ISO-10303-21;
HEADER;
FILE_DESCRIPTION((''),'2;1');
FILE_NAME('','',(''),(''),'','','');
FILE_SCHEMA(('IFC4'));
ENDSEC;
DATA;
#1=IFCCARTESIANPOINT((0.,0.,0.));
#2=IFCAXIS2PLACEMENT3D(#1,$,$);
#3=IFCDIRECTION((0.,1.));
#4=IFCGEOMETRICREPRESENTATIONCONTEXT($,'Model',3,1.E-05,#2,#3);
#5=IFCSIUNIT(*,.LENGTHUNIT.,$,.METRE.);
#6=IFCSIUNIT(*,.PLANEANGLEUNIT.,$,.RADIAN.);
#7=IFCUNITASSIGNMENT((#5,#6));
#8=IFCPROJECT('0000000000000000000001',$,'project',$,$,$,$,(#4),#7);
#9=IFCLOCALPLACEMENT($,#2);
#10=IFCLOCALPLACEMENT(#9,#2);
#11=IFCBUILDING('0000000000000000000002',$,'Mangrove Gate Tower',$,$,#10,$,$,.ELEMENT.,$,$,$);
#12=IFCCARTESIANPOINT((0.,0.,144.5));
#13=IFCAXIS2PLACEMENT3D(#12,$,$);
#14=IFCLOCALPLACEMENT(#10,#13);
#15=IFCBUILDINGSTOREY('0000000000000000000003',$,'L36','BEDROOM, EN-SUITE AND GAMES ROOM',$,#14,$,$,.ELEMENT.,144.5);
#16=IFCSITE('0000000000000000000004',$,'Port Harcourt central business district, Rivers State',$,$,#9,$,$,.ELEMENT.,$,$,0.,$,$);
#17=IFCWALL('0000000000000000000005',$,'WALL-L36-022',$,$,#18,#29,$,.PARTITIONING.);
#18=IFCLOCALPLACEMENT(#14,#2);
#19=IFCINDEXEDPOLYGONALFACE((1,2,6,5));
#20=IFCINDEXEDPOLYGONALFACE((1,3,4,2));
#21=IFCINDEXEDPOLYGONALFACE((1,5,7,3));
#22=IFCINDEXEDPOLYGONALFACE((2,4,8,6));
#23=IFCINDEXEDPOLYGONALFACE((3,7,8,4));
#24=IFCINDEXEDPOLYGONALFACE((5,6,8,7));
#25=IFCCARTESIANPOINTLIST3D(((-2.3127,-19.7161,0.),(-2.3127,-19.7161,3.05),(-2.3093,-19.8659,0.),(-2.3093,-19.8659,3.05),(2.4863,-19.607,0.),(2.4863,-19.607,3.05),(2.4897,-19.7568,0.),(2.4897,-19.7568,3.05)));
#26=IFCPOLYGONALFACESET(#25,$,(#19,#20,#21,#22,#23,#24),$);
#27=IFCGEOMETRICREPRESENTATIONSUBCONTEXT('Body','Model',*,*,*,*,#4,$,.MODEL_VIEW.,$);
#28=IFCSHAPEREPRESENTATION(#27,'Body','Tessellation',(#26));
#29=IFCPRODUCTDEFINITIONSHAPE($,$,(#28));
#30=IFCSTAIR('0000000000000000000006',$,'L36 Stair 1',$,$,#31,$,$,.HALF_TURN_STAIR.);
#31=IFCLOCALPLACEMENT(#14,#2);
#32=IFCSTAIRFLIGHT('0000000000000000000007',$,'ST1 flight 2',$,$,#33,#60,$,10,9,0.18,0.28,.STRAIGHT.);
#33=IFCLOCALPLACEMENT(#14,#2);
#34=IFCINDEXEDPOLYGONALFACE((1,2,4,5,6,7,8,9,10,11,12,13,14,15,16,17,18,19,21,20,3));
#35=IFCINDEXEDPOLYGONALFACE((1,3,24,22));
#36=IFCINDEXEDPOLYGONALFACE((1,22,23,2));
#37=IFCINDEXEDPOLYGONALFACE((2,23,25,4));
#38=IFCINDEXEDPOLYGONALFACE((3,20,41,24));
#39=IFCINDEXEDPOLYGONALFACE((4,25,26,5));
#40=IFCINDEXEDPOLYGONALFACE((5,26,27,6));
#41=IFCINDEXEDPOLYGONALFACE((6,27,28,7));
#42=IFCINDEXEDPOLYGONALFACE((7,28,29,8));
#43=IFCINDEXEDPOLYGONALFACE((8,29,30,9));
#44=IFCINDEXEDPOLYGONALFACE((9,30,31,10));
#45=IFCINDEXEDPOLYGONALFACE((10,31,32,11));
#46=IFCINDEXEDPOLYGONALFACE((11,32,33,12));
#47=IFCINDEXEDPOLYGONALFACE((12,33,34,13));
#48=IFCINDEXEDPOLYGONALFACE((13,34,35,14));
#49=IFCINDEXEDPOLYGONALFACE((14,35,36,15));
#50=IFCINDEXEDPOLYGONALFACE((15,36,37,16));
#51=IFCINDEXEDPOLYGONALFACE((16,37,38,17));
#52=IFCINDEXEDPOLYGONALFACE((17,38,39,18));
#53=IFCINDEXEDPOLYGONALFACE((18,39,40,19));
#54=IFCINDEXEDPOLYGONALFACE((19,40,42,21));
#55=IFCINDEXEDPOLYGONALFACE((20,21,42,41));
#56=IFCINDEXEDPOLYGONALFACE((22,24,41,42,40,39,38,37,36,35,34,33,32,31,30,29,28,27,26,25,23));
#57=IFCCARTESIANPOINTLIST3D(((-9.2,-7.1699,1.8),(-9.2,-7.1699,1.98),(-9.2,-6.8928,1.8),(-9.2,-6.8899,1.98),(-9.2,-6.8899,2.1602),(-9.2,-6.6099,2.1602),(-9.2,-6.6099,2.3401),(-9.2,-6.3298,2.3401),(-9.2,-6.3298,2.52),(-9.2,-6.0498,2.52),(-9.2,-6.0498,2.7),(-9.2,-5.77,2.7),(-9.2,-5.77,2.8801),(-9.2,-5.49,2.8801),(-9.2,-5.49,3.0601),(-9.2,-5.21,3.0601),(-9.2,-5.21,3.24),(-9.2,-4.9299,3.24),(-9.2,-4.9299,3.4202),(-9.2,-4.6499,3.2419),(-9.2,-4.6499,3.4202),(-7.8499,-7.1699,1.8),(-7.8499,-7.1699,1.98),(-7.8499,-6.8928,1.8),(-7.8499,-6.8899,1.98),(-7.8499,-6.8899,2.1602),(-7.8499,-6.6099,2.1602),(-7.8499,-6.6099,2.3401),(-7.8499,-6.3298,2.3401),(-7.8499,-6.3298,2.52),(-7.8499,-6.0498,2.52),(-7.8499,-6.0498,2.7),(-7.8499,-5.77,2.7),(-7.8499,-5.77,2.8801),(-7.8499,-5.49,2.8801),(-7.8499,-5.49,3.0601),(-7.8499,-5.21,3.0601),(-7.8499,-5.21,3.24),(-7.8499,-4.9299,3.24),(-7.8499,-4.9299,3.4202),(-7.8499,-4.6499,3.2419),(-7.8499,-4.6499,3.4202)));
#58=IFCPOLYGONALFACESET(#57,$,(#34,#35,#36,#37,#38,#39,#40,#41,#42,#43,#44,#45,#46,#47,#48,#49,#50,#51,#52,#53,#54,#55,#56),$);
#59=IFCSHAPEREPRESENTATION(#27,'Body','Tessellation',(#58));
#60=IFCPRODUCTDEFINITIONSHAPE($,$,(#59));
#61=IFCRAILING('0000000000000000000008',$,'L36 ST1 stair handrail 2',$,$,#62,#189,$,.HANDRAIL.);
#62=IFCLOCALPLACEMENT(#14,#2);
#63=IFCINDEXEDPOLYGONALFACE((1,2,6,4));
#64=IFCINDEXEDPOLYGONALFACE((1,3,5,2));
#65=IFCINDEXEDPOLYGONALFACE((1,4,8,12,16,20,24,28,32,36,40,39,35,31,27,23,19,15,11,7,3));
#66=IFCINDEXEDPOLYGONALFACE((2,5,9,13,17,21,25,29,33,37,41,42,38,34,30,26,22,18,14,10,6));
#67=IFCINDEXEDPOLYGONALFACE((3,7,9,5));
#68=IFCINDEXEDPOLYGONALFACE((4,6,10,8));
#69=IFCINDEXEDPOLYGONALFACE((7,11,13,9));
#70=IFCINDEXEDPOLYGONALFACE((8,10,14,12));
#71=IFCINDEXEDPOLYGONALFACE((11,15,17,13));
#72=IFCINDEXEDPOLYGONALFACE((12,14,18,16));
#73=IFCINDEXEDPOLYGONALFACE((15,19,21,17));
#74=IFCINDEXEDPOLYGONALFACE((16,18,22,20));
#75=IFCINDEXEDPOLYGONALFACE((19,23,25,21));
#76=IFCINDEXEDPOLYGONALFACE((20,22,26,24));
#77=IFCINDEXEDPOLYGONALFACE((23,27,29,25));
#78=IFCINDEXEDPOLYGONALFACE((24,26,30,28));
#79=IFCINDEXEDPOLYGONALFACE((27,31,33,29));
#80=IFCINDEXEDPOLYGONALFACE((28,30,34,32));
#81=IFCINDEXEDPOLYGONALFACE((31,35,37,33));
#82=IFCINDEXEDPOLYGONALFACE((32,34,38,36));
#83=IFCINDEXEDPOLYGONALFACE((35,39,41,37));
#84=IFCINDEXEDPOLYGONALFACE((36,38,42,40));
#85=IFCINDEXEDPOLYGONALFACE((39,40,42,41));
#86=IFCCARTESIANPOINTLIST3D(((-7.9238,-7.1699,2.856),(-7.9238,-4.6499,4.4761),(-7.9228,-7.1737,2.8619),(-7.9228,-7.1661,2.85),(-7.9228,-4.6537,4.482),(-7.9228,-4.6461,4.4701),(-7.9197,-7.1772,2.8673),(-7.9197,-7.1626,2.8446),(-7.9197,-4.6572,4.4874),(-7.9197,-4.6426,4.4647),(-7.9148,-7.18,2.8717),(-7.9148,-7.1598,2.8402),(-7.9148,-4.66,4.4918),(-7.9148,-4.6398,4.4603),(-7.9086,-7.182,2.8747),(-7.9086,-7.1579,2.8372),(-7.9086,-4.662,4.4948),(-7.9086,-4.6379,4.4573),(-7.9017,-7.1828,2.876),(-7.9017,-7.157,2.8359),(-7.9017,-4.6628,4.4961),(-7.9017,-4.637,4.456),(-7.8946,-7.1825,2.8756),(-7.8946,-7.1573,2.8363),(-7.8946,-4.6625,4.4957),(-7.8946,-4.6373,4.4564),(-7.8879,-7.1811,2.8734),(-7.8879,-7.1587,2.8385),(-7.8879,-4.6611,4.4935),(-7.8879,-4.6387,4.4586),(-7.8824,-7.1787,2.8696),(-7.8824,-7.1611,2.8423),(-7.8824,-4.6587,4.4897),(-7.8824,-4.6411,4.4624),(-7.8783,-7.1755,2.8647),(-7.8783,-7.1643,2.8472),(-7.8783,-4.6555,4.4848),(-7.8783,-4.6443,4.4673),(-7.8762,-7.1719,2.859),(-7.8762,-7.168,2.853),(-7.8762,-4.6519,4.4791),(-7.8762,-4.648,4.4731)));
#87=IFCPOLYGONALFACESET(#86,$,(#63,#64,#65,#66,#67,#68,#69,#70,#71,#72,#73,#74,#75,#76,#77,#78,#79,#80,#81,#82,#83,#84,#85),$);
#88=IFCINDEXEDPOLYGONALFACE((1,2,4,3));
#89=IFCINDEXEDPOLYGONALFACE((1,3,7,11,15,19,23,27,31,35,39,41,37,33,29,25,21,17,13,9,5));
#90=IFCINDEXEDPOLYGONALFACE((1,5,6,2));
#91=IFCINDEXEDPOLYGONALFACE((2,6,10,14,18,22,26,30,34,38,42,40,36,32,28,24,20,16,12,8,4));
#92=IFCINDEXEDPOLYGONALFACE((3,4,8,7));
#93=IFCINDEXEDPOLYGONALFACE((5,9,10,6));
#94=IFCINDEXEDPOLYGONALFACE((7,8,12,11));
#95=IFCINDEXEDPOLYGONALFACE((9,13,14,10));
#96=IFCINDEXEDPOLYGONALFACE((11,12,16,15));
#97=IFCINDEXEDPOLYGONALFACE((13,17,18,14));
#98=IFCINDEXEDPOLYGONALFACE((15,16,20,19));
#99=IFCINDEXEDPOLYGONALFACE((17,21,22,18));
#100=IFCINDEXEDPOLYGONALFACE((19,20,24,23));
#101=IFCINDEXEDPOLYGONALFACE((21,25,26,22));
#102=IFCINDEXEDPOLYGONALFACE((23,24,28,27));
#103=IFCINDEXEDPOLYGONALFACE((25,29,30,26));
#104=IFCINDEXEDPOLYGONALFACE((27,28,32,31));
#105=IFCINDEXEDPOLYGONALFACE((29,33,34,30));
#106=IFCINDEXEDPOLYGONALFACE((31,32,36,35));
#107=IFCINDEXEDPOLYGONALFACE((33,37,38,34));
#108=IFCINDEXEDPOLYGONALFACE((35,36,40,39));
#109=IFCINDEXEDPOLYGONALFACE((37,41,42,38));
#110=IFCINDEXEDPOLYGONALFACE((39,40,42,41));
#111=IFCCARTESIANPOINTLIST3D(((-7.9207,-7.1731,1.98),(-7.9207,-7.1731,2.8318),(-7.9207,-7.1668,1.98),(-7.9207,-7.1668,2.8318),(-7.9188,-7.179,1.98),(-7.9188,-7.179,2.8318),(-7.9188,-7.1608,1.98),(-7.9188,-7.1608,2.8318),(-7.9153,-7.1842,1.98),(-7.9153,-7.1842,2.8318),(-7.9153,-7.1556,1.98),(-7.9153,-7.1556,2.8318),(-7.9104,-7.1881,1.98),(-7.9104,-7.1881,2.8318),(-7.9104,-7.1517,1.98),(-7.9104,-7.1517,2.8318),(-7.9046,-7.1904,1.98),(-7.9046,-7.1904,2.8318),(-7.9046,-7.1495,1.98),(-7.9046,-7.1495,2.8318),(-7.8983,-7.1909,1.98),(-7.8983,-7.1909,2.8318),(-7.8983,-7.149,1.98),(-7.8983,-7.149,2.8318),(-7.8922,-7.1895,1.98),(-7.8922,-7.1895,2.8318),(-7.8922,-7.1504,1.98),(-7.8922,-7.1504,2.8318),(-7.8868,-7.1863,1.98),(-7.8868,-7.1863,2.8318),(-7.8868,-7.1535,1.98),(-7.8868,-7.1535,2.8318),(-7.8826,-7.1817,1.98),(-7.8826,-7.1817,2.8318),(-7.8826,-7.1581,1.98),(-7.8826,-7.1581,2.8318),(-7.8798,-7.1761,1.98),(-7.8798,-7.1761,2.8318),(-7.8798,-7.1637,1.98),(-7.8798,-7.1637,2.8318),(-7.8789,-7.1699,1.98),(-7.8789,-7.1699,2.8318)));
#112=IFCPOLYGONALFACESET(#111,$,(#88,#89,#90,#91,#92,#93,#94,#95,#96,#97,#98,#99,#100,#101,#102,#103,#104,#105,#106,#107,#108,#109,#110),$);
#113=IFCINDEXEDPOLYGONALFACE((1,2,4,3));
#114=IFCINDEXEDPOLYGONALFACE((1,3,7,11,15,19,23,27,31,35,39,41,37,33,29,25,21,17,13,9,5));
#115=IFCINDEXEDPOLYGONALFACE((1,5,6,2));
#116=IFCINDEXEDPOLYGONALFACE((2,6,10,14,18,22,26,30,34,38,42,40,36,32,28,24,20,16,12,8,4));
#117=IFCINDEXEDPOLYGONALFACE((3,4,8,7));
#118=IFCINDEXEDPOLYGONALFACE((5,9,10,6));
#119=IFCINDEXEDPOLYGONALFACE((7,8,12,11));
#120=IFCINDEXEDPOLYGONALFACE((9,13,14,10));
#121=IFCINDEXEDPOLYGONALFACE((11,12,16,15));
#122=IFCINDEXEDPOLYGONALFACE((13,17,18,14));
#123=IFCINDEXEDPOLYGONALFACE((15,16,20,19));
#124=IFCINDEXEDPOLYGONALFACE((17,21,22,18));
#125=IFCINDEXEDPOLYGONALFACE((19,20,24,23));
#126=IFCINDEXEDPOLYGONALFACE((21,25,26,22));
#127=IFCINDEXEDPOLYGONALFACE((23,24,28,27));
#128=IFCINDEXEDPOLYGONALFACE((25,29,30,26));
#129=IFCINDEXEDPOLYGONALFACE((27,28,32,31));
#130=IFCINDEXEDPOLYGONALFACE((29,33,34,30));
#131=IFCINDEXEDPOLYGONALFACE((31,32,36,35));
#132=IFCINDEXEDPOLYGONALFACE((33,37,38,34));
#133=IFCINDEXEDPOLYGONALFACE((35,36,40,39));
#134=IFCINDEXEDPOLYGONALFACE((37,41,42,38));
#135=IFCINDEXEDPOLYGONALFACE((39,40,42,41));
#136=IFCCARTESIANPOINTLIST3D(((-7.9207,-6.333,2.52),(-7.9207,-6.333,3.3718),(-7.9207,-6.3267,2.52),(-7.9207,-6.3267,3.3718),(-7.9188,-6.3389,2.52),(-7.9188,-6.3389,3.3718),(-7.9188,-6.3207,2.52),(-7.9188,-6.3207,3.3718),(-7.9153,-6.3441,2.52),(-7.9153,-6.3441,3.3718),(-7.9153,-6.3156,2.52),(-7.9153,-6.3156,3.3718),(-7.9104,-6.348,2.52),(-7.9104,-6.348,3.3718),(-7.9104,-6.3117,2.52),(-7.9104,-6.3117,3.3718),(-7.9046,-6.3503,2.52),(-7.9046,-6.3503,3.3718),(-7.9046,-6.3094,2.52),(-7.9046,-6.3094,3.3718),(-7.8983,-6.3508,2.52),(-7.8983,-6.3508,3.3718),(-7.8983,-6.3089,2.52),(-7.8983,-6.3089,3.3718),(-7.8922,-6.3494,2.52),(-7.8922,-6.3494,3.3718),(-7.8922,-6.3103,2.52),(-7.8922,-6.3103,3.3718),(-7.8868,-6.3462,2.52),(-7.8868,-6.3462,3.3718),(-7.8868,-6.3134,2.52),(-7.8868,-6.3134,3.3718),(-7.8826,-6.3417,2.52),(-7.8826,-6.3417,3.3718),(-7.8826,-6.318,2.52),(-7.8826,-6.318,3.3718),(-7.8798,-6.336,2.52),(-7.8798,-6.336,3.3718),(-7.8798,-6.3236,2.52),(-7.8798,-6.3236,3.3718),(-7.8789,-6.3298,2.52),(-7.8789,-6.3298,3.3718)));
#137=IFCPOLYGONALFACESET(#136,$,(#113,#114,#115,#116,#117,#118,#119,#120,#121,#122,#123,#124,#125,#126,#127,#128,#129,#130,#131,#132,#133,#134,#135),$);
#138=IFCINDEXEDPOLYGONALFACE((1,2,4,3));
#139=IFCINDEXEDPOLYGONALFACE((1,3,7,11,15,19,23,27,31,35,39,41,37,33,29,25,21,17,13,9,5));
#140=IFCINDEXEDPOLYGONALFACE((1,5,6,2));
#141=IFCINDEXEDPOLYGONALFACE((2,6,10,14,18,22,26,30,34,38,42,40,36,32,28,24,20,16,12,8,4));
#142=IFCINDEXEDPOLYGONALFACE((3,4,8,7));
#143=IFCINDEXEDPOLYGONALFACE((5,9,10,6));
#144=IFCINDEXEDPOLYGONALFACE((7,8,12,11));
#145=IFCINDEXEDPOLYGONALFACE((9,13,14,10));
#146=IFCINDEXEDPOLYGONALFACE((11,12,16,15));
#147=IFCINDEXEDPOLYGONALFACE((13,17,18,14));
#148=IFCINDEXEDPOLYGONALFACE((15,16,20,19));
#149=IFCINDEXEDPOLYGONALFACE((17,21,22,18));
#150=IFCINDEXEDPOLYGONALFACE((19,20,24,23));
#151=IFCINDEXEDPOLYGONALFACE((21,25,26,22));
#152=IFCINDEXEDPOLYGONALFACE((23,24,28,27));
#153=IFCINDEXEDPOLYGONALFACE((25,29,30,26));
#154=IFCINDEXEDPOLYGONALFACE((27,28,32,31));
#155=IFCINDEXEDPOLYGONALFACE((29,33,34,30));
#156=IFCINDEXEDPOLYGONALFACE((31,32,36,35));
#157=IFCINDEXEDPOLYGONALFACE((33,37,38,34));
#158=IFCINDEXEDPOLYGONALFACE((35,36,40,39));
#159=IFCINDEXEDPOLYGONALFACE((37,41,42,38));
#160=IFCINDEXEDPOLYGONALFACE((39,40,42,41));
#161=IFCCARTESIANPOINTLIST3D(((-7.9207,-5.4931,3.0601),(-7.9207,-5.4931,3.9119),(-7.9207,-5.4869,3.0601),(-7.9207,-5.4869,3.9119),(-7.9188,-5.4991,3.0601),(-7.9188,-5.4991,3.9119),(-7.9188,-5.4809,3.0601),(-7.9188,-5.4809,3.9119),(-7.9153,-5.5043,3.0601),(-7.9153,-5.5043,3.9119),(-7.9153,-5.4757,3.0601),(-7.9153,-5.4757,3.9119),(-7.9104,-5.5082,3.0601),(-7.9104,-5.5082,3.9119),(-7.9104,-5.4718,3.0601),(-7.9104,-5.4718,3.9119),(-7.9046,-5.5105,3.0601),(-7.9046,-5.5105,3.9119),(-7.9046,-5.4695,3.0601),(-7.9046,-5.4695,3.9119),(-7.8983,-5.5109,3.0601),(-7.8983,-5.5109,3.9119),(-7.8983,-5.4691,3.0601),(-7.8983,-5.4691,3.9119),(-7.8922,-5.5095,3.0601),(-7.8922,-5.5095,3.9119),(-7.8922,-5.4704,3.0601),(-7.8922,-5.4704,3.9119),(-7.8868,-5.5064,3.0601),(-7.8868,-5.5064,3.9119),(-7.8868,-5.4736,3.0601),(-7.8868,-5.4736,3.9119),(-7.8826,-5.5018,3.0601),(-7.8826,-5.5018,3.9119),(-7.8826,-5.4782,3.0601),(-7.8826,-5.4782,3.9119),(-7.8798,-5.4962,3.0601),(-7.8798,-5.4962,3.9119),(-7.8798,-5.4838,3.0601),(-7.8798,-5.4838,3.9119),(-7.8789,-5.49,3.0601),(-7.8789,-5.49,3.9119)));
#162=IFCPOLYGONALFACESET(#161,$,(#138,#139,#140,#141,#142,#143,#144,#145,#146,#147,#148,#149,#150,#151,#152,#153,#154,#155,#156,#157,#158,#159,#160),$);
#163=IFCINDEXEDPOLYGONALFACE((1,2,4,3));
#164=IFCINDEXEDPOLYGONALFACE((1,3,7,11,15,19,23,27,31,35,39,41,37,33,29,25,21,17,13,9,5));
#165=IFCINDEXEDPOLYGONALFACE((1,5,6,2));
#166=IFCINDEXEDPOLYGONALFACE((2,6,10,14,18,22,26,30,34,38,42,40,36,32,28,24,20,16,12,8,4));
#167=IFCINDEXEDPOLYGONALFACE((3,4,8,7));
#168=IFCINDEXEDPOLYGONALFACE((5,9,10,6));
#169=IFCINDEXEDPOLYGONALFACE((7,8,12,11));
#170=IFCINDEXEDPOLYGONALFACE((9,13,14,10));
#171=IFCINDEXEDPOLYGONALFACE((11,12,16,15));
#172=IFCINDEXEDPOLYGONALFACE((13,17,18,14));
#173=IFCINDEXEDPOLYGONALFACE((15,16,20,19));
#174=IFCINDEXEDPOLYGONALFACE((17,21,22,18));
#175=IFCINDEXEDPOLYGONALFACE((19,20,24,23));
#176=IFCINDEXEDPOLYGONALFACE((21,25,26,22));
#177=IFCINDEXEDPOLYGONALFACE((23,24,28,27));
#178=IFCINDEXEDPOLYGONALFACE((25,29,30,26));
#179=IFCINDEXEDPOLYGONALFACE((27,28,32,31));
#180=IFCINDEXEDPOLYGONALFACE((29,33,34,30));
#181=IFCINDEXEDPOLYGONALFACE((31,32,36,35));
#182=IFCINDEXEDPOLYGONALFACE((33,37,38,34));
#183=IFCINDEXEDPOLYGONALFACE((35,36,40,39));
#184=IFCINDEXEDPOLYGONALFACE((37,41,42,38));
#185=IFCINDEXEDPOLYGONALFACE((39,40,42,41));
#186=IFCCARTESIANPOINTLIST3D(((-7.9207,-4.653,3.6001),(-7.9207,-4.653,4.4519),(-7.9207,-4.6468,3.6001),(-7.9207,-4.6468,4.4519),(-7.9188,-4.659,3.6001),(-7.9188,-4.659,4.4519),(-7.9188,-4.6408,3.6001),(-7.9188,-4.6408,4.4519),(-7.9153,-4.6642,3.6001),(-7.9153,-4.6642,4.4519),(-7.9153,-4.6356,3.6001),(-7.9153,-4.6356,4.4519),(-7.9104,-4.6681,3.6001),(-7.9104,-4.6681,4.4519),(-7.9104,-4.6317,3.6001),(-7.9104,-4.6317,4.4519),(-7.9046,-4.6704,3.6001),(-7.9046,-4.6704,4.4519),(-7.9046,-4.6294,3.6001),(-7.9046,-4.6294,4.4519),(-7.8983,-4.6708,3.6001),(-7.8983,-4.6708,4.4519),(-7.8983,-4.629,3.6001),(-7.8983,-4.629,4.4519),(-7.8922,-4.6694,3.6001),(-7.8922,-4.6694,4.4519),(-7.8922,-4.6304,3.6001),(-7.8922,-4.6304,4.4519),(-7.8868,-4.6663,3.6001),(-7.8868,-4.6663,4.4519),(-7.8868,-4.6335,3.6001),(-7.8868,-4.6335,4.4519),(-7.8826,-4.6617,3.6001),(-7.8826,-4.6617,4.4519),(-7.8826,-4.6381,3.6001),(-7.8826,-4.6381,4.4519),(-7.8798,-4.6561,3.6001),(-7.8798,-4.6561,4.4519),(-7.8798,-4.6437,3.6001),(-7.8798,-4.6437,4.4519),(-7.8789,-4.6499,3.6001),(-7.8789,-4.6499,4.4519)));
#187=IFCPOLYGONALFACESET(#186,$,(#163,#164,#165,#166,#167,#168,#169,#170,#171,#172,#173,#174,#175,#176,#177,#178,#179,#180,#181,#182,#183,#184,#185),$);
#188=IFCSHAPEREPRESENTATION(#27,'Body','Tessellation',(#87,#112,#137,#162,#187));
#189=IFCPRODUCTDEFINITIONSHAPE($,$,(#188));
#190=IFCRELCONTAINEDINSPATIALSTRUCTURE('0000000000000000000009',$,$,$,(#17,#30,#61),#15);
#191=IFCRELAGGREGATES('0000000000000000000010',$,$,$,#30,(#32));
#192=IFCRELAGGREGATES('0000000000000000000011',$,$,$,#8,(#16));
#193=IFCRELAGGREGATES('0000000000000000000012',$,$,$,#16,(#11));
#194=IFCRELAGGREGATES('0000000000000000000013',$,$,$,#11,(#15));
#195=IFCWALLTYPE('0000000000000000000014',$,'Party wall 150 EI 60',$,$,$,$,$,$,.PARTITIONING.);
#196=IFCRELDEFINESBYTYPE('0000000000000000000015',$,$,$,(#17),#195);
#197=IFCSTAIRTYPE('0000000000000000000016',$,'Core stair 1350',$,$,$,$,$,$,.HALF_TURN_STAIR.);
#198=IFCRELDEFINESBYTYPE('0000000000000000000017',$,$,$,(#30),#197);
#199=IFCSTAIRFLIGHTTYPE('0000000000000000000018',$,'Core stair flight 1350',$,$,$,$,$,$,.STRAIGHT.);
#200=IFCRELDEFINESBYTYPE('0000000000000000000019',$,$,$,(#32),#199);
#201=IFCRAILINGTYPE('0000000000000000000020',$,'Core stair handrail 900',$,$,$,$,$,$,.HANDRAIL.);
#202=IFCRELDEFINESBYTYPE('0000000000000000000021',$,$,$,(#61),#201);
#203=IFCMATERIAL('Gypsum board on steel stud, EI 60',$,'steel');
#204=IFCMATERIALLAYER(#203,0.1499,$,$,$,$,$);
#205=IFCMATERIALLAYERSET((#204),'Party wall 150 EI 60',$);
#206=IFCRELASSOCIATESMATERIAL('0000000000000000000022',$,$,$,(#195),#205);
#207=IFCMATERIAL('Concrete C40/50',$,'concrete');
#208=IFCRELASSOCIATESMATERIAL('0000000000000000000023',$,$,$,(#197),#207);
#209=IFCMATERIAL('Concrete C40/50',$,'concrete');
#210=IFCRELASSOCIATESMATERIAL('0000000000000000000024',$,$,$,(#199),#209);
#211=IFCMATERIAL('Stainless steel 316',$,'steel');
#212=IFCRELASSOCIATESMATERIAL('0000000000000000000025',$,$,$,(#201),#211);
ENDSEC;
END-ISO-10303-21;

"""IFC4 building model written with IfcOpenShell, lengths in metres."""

from ifc_helpers import new_model, si_unit, direction, frame, frame_2d, origin, origin_2d, place, context, subcontext, project, spatial, polyline, rectangle, circle, outline, extrude, material, layer, layer_set, type_object, element, aggregate, save


model = new_model("IFC4")

# Units and contexts
model_context = context("Model", 3, precision=1e-05, world=origin(), true_north=direction((0.0, 1.0)))
body_context = subcontext(model_context, "Body", "Model", "MODEL_VIEW")
ifc_project = project(units=[si_unit("LENGTHUNIT", "METRE"), si_unit("PLANEANGLEUNIT", "RADIAN")], contexts=[model_context])

# Site, building, storey
site_placement = place(None, origin())
site = spatial("IfcSite", under=ifc_project, at=site_placement, Name="Port Harcourt central business district, Rivers State", CompositionType="ELEMENT", RefElevation=0.0)
building_placement = place(site_placement, origin())
building = spatial("IfcBuilding", under=site, at=building_placement, Name="Mangrove Gate Tower", CompositionType="ELEMENT")
storey_placement = place(building_placement, frame((0.0, 0.0, 144.5)))
storey = spatial("IfcBuildingStorey", under=building, at=storey_placement, Name="L36", Description="BEDROOM, EN-SUITE AND GAMES ROOM", CompositionType="ELEMENT", Elevation=144.5)

# Shared definitions
ifc_material_1 = material(Name="Gypsum board on steel stud, EI 60", Category="steel")
ifc_layer_1 = layer(ifc_material_1, 0.1499)
ifc_layer_set_1 = layer_set([ifc_layer_1], Name="Party wall 150 EI 60")
wall_type_1 = type_object("IfcWallType", Name="Party wall 150 EI 60", PredefinedType="PARTITIONING", material=ifc_layer_set_1)

# Wall
wall_1_placement = place(storey_placement, frame((-2.311, -19.791, 0.0), z_axis=(0.0, 0.0, 1.0), x_axis=(0.999742, 0.022734, 0.0)))
element("IfcWall", 1, at=wall_1_placement, inside=storey, type_object=wall_type_1, Name="WALL-L36-022", PredefinedType="PARTITIONING", context=body_context, shape_type="SweptSolid", body=[
    extrude(rectangle(XDim=4.8003, YDim=0.1499, at=frame_2d((2.4001, 0.0))), origin(), (0.0, 0.0, 1.0), 3.05),
])

# Stair, stair flight
ifc_material_2 = material(Name="Concrete C40/50", Category="concrete")
stair_type = type_object("IfcStairType", Name="Core stair 1350", PredefinedType="HALF_TURN_STAIR", material=ifc_material_2)
stair_placement = place(storey_placement, origin())
stair = element("IfcStair", 2, at=stair_placement, inside=storey, type_object=stair_type, Name="L36 Stair 1", PredefinedType="HALF_TURN_STAIR")
ifc_material_3 = material(Name="Concrete C40/50", Category="concrete")
stair_flight_type = type_object("IfcStairFlightType", Name="Core stair flight 1350", PredefinedType="STRAIGHT", material=ifc_material_3)
stair_flight_placement = place(storey_placement, frame((-8.5249, -7.1699, 1.8), z_axis=(0.0, 0.0, 1.0), x_axis=(0.0, 1.0, 0.0)))
stair_flight = element("IfcStairFlight", 3, at=stair_flight_placement, type_object=stair_flight_type, Name="ST1 flight 2", NumberOfRisers=10, NumberOfTreads=9, PredefinedType="STRAIGHT", RiserHeight=0.18, TreadLength=0.28, context=body_context, shape_type="SweptSolid", body=[
    extrude(outline(polyline([(0.0, 0.0), (0.0, 0.1799), (0.28, 0.1799), (0.28, 0.3601), (0.5601, 0.3601), (0.5601, 0.54), (0.8401, 0.54), (0.8401, 0.72), (1.1201, 0.72), (1.1201, 0.8999), (1.3999, 0.8999), (1.3999, 1.0801), (1.6799, 1.0801), (1.6799, 1.26), (1.96, 1.26), (1.96, 1.4399), (2.24, 1.4399), (2.24, 1.6201), (2.52, 1.6201), (2.52, 1.8), (2.52, 1.4419), (0.2771, 0.0), (0.0, 0.0)])), frame((0.0, 0.675, 0.0), z_axis=(0.0, -1.0, 0.0), x_axis=(1.0, 0.0, 0.0)), (0.0, 0.0, 1.0), 1.3501),
])
aggregate(stair, [stair_flight])

# Railing
ifc_material_4 = material(Name="Stainless steel 316", Category="steel")
railing_type = type_object("IfcRailingType", Name="Core stair handrail 900", PredefinedType="HANDRAIL", material=ifc_material_4)
railing_placement = place(storey_placement, frame((-7.8999, -7.1699, 1.98)))
element("IfcRailing", 4, at=railing_placement, inside=storey, type_object=railing_type, Name="L36 ST1 stair handrail 2", PredefinedType="HANDRAIL", context=body_context, shape_type="SweptSolid", body=[
    extrude(circle(Radius=0.0239, at=origin_2d()), frame((0.0, 0.0, 0.876), z_axis=(0.0, 0.841163, 0.540782), x_axis=(-1.0, 0.0, 0.0)), (0.0, 0.0, 1.0), 2.9958),
    extrude(circle(Radius=0.021, at=origin_2d()), origin(), (0.0, 0.0, 1.0), 0.8518),
    extrude(circle(Radius=0.021, at=origin_2d()), frame((0.0, 0.8401, 0.54)), (0.0, 0.0, 1.0), 0.8518),
    extrude(circle(Radius=0.021, at=origin_2d()), frame((0.0, 1.6799, 1.0801)), (0.0, 0.0, 1.0), 0.8518),
    extrude(circle(Radius=0.021, at=origin_2d()), frame((0.0, 2.52, 1.6201)), (0.0, 0.0, 1.0), 0.8518),
])

save(model, "model.ifc")
